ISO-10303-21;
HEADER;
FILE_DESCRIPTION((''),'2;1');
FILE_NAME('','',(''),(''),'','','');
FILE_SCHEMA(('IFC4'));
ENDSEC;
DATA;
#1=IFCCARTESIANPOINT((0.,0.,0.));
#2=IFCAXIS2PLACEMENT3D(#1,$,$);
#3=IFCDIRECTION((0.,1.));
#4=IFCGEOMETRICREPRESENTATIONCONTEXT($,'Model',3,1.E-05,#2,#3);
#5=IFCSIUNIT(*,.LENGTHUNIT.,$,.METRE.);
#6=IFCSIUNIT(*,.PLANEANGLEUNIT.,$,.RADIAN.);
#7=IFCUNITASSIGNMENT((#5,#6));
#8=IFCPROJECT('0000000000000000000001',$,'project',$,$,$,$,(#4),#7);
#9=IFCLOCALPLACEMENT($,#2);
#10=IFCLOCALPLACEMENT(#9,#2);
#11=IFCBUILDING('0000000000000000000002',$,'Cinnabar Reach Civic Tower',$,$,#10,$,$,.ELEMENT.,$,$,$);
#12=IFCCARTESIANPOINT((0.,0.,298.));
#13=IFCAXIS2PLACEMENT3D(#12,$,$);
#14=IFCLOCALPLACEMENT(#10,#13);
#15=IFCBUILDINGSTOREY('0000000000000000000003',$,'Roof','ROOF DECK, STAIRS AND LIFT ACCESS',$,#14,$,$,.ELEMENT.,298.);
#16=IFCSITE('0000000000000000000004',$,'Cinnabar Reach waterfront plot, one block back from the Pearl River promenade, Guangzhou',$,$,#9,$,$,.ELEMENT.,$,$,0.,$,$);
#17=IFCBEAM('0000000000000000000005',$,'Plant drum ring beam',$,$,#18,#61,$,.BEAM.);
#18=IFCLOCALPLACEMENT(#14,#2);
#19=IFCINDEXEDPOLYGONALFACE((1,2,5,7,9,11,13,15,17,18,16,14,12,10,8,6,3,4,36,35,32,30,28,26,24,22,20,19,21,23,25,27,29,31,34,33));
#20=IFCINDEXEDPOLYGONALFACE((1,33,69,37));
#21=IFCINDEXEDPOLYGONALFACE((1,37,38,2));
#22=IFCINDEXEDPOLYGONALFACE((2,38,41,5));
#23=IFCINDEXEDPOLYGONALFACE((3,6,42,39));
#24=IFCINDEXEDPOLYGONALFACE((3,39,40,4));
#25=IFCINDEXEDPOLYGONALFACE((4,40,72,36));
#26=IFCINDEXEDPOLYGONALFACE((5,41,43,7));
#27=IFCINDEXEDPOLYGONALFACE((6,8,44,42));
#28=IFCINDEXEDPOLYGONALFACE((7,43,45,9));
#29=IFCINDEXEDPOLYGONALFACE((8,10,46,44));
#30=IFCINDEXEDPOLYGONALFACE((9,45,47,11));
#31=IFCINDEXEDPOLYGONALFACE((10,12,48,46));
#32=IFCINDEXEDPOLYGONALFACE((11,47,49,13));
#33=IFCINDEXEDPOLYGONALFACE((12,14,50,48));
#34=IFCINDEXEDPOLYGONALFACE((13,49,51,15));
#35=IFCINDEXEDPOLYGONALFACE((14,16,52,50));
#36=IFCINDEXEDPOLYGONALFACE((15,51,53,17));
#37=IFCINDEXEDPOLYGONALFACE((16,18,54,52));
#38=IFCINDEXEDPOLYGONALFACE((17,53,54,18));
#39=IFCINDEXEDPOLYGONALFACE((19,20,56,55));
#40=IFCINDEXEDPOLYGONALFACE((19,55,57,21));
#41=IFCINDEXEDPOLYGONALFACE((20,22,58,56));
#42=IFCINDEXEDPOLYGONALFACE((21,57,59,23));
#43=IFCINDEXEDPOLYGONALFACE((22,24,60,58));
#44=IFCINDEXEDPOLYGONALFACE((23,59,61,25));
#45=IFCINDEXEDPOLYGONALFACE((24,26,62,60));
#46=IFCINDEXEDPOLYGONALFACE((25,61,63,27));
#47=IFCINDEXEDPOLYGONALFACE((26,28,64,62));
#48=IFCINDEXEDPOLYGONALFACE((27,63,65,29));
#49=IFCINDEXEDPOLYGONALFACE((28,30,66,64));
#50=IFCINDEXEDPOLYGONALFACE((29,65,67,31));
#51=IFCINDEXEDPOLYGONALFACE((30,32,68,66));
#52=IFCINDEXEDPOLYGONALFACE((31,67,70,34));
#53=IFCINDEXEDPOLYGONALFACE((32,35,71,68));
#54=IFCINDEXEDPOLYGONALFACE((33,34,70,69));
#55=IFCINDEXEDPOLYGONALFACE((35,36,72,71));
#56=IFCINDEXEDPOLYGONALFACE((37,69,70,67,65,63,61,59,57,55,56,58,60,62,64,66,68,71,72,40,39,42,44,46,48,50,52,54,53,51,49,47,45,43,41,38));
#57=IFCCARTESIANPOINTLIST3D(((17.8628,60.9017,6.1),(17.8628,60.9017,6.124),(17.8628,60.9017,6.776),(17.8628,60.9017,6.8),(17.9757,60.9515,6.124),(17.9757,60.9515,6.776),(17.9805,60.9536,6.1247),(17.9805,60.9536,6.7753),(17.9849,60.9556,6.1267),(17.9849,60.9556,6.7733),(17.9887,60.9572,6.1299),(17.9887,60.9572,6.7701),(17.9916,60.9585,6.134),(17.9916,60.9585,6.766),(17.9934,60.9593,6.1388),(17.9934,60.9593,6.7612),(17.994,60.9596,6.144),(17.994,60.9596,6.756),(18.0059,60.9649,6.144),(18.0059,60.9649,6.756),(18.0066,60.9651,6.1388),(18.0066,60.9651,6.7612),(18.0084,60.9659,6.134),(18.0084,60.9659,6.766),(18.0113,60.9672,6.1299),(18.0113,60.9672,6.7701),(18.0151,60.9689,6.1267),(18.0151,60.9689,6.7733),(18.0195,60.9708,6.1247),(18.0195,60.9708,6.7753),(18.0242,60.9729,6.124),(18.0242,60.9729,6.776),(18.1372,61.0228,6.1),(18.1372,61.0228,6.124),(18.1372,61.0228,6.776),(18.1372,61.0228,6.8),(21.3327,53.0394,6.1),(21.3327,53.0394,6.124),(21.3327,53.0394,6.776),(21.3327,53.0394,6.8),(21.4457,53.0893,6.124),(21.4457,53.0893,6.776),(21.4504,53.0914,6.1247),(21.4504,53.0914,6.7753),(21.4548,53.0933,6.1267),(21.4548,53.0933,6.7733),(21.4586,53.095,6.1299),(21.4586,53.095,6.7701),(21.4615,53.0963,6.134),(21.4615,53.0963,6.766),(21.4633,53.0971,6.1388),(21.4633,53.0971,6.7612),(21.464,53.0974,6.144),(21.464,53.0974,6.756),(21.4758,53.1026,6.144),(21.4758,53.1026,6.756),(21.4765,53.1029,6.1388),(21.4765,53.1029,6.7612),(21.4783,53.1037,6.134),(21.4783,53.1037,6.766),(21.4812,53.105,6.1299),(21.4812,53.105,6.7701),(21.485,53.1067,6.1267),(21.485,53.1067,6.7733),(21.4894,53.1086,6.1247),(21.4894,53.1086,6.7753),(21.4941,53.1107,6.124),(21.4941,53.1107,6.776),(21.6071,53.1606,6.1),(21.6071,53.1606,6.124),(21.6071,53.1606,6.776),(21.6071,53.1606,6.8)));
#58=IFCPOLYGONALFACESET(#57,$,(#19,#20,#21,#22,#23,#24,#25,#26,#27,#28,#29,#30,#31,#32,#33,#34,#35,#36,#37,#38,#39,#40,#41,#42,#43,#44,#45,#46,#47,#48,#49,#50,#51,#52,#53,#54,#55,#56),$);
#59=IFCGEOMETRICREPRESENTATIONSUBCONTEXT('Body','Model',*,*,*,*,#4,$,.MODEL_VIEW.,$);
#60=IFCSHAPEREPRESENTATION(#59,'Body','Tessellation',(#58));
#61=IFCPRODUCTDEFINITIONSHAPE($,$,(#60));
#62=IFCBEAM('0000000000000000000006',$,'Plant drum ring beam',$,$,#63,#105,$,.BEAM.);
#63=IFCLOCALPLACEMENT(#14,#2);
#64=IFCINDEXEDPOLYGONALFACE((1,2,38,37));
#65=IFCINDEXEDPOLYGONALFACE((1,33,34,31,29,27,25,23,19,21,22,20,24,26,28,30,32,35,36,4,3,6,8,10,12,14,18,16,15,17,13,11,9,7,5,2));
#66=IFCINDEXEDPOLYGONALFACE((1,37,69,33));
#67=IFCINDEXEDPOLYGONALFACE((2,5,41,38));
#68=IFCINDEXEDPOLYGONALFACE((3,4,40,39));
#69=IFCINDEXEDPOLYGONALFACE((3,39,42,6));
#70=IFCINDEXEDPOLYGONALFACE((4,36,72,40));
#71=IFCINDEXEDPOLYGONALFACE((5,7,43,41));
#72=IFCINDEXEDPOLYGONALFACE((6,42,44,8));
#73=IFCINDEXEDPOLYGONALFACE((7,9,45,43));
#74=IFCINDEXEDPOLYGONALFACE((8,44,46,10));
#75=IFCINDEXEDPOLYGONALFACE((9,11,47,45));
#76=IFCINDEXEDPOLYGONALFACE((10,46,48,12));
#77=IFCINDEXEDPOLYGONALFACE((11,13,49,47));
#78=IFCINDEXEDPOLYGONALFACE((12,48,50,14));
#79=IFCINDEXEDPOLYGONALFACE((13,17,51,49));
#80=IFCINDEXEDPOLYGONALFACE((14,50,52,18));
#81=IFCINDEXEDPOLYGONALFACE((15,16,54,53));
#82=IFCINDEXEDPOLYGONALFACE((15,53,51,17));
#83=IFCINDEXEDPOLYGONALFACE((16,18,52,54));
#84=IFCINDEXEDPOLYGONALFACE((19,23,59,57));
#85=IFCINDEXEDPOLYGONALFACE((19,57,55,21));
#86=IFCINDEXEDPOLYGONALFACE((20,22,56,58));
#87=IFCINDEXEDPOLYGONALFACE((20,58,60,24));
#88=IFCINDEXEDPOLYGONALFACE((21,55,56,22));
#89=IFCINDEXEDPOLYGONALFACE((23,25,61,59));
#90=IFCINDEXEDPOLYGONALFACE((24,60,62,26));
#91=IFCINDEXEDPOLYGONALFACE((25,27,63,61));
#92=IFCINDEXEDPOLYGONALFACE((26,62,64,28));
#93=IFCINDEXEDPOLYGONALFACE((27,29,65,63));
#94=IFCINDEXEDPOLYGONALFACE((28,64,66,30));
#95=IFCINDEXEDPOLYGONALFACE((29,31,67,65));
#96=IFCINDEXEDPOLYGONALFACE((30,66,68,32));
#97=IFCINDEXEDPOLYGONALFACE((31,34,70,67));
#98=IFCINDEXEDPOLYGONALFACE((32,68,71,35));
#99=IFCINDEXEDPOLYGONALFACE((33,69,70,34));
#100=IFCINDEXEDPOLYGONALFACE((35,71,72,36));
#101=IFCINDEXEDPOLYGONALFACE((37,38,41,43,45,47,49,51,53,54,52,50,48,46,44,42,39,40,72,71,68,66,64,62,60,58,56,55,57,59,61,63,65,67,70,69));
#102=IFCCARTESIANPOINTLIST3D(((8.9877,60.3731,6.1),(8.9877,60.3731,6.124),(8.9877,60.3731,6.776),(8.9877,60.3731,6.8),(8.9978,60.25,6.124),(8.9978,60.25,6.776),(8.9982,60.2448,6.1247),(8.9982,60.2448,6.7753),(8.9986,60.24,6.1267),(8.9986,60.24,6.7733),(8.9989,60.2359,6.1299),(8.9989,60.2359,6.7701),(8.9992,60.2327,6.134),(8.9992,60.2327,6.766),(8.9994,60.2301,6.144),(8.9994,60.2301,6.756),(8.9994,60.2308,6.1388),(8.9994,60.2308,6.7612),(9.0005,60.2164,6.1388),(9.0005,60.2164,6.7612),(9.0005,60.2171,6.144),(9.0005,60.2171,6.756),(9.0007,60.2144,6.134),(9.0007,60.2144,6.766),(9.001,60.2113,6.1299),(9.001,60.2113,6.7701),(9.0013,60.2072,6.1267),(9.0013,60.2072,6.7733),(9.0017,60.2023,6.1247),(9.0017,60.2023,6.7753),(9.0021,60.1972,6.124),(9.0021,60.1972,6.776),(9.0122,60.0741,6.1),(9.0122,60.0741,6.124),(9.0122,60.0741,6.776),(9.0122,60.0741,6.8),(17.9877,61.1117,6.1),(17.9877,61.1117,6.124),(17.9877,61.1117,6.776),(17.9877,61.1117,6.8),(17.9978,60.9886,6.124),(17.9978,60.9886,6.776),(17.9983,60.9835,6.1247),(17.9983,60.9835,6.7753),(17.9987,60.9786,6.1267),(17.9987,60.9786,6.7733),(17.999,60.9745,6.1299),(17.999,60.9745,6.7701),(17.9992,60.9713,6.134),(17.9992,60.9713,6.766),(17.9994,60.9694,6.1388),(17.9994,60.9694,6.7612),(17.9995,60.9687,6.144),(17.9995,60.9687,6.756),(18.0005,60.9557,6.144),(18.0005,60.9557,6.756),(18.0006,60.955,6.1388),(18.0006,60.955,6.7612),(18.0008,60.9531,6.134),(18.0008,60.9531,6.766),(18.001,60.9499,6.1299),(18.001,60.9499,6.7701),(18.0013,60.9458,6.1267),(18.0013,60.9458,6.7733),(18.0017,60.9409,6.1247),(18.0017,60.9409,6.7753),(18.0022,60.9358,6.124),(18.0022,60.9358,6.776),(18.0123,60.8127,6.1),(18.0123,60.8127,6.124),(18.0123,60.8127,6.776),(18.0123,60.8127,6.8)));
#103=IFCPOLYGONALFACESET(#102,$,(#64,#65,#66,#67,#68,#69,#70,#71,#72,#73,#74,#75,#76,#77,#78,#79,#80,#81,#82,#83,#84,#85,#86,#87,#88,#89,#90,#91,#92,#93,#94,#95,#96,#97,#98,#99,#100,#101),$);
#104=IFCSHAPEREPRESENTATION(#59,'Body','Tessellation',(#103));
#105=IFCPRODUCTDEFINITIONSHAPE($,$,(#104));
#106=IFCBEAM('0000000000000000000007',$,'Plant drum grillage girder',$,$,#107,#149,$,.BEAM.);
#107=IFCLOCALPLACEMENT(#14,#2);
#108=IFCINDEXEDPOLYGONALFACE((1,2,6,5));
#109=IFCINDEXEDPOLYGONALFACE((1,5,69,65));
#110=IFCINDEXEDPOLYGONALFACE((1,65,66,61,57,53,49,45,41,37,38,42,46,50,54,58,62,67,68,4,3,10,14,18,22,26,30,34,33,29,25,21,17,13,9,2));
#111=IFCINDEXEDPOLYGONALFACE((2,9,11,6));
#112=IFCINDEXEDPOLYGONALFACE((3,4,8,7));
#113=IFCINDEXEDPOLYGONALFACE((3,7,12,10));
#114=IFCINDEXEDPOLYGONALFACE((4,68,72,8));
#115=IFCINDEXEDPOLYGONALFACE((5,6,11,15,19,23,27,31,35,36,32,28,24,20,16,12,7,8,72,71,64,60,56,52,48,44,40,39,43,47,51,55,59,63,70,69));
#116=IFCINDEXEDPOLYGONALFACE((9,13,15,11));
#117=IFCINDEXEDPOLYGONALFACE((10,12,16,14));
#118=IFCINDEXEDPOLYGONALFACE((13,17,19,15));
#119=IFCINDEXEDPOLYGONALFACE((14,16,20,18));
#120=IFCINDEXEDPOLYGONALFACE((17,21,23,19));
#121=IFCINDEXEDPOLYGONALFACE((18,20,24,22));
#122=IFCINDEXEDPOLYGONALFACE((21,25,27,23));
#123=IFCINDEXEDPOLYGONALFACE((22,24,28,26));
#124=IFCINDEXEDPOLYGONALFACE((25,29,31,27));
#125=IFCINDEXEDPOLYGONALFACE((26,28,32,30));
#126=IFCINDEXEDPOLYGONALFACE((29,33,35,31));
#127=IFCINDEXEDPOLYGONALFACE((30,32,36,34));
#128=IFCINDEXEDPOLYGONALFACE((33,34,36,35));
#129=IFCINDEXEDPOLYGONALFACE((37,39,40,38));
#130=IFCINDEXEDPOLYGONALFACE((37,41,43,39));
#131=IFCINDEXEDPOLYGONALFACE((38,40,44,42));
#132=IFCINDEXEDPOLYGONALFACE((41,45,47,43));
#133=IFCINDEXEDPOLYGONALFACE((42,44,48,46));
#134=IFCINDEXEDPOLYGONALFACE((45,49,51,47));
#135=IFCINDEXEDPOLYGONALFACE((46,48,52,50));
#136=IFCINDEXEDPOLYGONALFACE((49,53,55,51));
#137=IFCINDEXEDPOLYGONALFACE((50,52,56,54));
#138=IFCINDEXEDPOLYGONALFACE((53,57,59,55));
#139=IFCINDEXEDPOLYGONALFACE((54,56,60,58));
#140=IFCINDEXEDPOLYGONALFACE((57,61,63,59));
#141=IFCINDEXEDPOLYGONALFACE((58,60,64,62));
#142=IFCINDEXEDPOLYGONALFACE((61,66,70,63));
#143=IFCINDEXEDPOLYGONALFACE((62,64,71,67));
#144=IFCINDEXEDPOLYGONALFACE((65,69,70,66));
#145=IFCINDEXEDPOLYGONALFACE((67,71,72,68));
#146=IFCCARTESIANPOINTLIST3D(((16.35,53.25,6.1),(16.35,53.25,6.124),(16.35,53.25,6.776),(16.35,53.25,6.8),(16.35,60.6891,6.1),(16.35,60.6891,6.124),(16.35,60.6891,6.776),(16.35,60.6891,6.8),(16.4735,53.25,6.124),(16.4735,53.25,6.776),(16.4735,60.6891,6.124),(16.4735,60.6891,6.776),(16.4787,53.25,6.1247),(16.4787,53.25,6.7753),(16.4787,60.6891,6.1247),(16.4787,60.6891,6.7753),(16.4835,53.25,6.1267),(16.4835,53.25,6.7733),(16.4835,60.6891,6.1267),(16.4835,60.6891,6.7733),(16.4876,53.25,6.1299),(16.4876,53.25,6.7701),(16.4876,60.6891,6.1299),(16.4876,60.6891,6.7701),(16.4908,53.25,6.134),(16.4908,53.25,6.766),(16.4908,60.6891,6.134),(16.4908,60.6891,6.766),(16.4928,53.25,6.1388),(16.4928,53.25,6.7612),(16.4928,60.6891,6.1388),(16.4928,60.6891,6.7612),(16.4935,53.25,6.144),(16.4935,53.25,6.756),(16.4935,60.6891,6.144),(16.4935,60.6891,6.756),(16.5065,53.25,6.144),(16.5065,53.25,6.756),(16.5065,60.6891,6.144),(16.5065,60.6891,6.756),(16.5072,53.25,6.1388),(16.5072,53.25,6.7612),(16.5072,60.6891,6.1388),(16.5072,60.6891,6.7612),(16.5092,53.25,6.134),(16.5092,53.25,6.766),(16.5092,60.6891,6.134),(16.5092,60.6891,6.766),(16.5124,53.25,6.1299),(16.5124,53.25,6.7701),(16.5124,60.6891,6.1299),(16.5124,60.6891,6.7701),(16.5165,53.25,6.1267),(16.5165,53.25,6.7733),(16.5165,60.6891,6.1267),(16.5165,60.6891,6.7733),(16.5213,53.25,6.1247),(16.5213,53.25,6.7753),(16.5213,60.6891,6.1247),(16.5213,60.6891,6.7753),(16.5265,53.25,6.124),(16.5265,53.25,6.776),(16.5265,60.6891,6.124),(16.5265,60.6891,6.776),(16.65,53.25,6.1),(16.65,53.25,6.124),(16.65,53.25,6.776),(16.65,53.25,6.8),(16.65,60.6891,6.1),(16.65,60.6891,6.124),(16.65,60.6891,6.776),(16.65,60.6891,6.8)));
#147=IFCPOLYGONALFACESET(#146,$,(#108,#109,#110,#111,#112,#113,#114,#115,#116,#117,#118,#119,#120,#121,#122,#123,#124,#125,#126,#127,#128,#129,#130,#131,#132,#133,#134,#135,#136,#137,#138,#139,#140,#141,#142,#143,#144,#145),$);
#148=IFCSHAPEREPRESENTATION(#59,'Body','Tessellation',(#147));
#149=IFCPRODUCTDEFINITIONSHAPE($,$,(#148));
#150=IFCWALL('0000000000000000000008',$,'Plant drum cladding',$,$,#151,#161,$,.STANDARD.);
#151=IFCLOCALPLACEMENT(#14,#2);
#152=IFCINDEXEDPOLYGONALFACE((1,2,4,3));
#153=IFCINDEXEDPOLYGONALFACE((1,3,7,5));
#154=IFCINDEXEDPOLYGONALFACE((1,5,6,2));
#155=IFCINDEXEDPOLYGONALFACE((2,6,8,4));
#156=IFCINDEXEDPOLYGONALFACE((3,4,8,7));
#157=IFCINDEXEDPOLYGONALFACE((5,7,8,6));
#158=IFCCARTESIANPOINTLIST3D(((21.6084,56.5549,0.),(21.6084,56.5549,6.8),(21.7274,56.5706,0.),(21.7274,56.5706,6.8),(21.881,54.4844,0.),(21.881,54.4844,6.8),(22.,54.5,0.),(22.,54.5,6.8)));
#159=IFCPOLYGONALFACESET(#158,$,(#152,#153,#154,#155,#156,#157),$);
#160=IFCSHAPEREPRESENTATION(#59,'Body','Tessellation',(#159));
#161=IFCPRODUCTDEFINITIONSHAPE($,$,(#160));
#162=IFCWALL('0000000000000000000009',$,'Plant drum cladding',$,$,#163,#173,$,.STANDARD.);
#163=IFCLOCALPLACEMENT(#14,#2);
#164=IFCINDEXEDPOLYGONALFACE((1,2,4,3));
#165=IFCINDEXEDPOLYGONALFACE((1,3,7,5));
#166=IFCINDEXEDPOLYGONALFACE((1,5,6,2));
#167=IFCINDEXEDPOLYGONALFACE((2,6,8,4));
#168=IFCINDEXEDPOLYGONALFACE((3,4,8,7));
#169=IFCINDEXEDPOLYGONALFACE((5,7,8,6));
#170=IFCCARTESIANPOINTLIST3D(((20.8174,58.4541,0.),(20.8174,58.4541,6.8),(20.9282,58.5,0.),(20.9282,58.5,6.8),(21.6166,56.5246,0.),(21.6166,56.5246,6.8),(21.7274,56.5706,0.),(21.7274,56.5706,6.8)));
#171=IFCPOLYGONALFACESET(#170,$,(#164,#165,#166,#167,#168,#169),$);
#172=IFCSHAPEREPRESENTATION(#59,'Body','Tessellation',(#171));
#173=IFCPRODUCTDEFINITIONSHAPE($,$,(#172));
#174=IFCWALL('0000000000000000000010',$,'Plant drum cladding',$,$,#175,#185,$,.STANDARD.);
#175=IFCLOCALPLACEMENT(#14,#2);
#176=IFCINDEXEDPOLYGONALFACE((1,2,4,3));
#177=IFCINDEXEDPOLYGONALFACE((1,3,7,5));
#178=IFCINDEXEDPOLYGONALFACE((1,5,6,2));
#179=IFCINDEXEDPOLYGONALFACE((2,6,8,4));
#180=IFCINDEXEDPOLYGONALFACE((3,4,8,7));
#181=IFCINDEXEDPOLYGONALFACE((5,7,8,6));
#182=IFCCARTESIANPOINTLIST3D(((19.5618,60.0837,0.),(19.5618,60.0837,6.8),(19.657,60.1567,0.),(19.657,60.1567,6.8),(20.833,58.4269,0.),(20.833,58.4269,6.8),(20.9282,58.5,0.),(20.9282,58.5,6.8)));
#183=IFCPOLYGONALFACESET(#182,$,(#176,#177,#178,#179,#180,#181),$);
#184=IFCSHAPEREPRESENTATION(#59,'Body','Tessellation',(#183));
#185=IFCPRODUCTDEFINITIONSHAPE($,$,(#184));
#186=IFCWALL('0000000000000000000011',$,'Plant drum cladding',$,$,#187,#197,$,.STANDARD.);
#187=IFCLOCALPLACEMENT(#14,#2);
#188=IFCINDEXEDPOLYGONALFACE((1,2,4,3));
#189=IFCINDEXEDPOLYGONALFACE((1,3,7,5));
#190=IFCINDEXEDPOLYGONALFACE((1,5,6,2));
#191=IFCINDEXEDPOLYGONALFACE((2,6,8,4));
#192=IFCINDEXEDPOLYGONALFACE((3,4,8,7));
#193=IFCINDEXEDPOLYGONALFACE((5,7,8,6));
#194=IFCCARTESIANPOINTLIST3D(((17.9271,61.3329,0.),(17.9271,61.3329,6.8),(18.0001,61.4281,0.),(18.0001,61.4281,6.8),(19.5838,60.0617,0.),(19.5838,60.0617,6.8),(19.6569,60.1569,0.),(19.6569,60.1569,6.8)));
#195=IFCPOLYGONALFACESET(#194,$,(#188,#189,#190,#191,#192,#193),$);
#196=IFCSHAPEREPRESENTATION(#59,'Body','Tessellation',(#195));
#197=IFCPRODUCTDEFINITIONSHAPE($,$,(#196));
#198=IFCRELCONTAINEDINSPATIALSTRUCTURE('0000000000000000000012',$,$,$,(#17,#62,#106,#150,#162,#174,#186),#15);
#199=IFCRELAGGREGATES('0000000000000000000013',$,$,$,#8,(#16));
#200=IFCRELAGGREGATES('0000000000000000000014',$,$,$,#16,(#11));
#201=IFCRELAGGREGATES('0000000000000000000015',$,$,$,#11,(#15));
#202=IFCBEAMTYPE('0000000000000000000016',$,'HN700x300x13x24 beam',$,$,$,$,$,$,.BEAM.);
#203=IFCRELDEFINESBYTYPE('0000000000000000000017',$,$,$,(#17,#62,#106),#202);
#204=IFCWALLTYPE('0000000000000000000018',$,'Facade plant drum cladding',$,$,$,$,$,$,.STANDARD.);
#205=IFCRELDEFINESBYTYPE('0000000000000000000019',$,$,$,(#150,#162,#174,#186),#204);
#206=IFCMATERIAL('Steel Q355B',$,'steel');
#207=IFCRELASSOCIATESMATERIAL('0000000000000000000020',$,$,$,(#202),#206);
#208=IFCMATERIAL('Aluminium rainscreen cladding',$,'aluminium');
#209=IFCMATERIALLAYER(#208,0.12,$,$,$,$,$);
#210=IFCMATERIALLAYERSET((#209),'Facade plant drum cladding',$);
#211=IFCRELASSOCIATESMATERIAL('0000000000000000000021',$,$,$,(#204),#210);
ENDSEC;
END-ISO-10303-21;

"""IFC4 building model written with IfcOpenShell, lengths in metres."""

from ifc_helpers import new_model, si_unit, direction, frame, frame_2d, origin, origin_2d, place, context, subcontext, project, spatial, rectangle, i_section, extrude, material, layer, layer_set, material_profile, profile_set, type_object, element, save


model = new_model("IFC4")

# Units and contexts
model_context = context("Model", 3, precision=1e-05, world=origin(), true_north=direction((0.0, 1.0)))
body_context = subcontext(model_context, "Body", "Model", "MODEL_VIEW")
ifc_project = project(units=[si_unit("LENGTHUNIT", "METRE"), si_unit("PLANEANGLEUNIT", "RADIAN")], contexts=[model_context])

# Site, building, storey
site_placement = place(None, origin())
site = spatial("IfcSite", under=ifc_project, at=site_placement, Name="Cinnabar Reach waterfront plot, one block back from the Pearl River promenade, Guangzhou", CompositionType="ELEMENT", RefElevation=0.0)
building_placement = place(site_placement, origin())
building = spatial("IfcBuilding", under=site, at=building_placement, Name="Cinnabar Reach Civic Tower", CompositionType="ELEMENT")
storey_placement = place(building_placement, frame((0.0, 0.0, 298.0)))
storey = spatial("IfcBuildingStorey", under=building, at=storey_placement, Name="Roof", Description="ROOF DECK, STAIRS AND LIFT ACCESS", CompositionType="ELEMENT", Elevation=298.0)

# Shared definitions
ifc_material_1 = material(Name="Steel Q355B", Category="steel")

# Beams
ifc_material_profile_1 = material_profile(ifc_material_1, i_section(OverallWidth=0.3, OverallDepth=0.7, WebThickness=0.013, FlangeThickness=0.024, FilletRadius=0.02, at=origin_2d()), Name="HN700x300x13x24")
ifc_profile_set_1 = profile_set([ifc_material_profile_1], Name="Steel Q355B")
beam_type_1 = type_object("IfcBeamType", Name="HN700x300x13x24 beam", PredefinedType="BEAM", material=ifc_profile_set_1)
beam_1_placement = place(storey_placement, frame((21.4699, 53.1, 6.45), z_axis=(-0.403765, 0.914863, 0.0), x_axis=(-0.914863, -0.403765, 0.0)))
element("IfcBeam", 1, at=beam_1_placement, inside=storey, type_object=beam_type_1, Name="Plant drum ring beam", PredefinedType="BEAM", context=body_context, shape_type="SweptSolid", body=[
    extrude(i_section(OverallWidth=0.3, OverallDepth=0.7, WebThickness=0.013, FlangeThickness=0.024, FilletRadius=0.02, at=origin_2d()), origin(), (0.0, 0.0, 1.0), 8.5939),
])
beam_2_placement = place(storey_placement, frame((18.0, 60.9622, 6.45), z_axis=(-0.996649, -0.081792, 0.0), x_axis=(0.081792, -0.996649, 0.0)))
element("IfcBeam", 2, at=beam_2_placement, inside=storey, type_object=beam_type_1, Name="Plant drum ring beam", PredefinedType="BEAM", context=body_context, shape_type="SweptSolid", body=[
    extrude(i_section(OverallWidth=0.3, OverallDepth=0.7, WebThickness=0.013, FlangeThickness=0.024, FilletRadius=0.02, at=origin_2d()), origin(), (0.0, 0.0, 1.0), 9.0303),
])
beam_3_placement = place(storey_placement, frame((16.5, 53.25, 6.45), z_axis=(0.0, 1.0, 0.0), x_axis=(-1.0, 0.0, 0.0)))
element("IfcBeam", 3, at=beam_3_placement, inside=storey, type_object=beam_type_1, Name="Plant drum grillage girder", PredefinedType="BEAM", context=body_context, shape_type="SweptSolid", body=[
    extrude(i_section(OverallWidth=0.3, OverallDepth=0.7, WebThickness=0.013, FlangeThickness=0.024, FilletRadius=0.02, at=origin_2d()), origin(), (0.0, 0.0, 1.0), 7.4391),
])

# Walls
ifc_material_2 = material(Name="Aluminium rainscreen cladding", Category="aluminium")
ifc_layer_1 = layer(ifc_material_2, 0.12)
ifc_layer_set_1 = layer_set([ifc_layer_1], Name="Facade plant drum cladding")
wall_type_1 = type_object("IfcWallType", Name="Facade plant drum cladding", PredefinedType="STANDARD", material=ifc_layer_set_1)
for number, where, z_axis, x_axis, name in (
    (4, (21.9405, 54.4922, 0.0), (0.0, 0.0, 1.0), (-0.130533, 0.991444, 0.0), "Plant drum cladding"),
    (5, (21.672, 56.5476, 0.0), (0.0, 0.0, 1.0), (-0.38269, 0.923877, 0.0), "Plant drum cladding"),
):
    element("IfcWall", number, at=place(storey_placement, frame(where, z_axis=z_axis, x_axis=x_axis)), inside=storey, type_object=wall_type_1, Name=name, PredefinedType="STANDARD", context=body_context, shape_type="SweptSolid", body=[
        extrude(rectangle(XDim=2.0884, YDim=0.12, at=frame_2d((1.0442, 0.0))), origin(), (0.0, 0.0, 1.0), 6.8),
    ])
for number, where, z_axis, x_axis, name in (
    (6, (20.8806, 58.4635, 0.0), (0.0, 0.0, 1.0), (-0.608759, 0.793355, 0.0), "Plant drum cladding"),
    (7, (19.6203, 60.1093, 0.0), (0.0, 0.0, 1.0), (-0.793355, 0.608759, 0.0), "Plant drum cladding"),
):
    element("IfcWall", number, at=place(storey_placement, frame(where, z_axis=z_axis, x_axis=x_axis)), inside=storey, type_object=wall_type_1, Name=name, PredefinedType="STANDARD", context=body_context, shape_type="SweptSolid", body=[
        extrude(rectangle(XDim=2.0883, YDim=0.12, at=frame_2d((1.0441, 0.0))), origin(), (0.0, 0.0, 1.0), 6.8),
    ])

save(model, "model.ifc")
